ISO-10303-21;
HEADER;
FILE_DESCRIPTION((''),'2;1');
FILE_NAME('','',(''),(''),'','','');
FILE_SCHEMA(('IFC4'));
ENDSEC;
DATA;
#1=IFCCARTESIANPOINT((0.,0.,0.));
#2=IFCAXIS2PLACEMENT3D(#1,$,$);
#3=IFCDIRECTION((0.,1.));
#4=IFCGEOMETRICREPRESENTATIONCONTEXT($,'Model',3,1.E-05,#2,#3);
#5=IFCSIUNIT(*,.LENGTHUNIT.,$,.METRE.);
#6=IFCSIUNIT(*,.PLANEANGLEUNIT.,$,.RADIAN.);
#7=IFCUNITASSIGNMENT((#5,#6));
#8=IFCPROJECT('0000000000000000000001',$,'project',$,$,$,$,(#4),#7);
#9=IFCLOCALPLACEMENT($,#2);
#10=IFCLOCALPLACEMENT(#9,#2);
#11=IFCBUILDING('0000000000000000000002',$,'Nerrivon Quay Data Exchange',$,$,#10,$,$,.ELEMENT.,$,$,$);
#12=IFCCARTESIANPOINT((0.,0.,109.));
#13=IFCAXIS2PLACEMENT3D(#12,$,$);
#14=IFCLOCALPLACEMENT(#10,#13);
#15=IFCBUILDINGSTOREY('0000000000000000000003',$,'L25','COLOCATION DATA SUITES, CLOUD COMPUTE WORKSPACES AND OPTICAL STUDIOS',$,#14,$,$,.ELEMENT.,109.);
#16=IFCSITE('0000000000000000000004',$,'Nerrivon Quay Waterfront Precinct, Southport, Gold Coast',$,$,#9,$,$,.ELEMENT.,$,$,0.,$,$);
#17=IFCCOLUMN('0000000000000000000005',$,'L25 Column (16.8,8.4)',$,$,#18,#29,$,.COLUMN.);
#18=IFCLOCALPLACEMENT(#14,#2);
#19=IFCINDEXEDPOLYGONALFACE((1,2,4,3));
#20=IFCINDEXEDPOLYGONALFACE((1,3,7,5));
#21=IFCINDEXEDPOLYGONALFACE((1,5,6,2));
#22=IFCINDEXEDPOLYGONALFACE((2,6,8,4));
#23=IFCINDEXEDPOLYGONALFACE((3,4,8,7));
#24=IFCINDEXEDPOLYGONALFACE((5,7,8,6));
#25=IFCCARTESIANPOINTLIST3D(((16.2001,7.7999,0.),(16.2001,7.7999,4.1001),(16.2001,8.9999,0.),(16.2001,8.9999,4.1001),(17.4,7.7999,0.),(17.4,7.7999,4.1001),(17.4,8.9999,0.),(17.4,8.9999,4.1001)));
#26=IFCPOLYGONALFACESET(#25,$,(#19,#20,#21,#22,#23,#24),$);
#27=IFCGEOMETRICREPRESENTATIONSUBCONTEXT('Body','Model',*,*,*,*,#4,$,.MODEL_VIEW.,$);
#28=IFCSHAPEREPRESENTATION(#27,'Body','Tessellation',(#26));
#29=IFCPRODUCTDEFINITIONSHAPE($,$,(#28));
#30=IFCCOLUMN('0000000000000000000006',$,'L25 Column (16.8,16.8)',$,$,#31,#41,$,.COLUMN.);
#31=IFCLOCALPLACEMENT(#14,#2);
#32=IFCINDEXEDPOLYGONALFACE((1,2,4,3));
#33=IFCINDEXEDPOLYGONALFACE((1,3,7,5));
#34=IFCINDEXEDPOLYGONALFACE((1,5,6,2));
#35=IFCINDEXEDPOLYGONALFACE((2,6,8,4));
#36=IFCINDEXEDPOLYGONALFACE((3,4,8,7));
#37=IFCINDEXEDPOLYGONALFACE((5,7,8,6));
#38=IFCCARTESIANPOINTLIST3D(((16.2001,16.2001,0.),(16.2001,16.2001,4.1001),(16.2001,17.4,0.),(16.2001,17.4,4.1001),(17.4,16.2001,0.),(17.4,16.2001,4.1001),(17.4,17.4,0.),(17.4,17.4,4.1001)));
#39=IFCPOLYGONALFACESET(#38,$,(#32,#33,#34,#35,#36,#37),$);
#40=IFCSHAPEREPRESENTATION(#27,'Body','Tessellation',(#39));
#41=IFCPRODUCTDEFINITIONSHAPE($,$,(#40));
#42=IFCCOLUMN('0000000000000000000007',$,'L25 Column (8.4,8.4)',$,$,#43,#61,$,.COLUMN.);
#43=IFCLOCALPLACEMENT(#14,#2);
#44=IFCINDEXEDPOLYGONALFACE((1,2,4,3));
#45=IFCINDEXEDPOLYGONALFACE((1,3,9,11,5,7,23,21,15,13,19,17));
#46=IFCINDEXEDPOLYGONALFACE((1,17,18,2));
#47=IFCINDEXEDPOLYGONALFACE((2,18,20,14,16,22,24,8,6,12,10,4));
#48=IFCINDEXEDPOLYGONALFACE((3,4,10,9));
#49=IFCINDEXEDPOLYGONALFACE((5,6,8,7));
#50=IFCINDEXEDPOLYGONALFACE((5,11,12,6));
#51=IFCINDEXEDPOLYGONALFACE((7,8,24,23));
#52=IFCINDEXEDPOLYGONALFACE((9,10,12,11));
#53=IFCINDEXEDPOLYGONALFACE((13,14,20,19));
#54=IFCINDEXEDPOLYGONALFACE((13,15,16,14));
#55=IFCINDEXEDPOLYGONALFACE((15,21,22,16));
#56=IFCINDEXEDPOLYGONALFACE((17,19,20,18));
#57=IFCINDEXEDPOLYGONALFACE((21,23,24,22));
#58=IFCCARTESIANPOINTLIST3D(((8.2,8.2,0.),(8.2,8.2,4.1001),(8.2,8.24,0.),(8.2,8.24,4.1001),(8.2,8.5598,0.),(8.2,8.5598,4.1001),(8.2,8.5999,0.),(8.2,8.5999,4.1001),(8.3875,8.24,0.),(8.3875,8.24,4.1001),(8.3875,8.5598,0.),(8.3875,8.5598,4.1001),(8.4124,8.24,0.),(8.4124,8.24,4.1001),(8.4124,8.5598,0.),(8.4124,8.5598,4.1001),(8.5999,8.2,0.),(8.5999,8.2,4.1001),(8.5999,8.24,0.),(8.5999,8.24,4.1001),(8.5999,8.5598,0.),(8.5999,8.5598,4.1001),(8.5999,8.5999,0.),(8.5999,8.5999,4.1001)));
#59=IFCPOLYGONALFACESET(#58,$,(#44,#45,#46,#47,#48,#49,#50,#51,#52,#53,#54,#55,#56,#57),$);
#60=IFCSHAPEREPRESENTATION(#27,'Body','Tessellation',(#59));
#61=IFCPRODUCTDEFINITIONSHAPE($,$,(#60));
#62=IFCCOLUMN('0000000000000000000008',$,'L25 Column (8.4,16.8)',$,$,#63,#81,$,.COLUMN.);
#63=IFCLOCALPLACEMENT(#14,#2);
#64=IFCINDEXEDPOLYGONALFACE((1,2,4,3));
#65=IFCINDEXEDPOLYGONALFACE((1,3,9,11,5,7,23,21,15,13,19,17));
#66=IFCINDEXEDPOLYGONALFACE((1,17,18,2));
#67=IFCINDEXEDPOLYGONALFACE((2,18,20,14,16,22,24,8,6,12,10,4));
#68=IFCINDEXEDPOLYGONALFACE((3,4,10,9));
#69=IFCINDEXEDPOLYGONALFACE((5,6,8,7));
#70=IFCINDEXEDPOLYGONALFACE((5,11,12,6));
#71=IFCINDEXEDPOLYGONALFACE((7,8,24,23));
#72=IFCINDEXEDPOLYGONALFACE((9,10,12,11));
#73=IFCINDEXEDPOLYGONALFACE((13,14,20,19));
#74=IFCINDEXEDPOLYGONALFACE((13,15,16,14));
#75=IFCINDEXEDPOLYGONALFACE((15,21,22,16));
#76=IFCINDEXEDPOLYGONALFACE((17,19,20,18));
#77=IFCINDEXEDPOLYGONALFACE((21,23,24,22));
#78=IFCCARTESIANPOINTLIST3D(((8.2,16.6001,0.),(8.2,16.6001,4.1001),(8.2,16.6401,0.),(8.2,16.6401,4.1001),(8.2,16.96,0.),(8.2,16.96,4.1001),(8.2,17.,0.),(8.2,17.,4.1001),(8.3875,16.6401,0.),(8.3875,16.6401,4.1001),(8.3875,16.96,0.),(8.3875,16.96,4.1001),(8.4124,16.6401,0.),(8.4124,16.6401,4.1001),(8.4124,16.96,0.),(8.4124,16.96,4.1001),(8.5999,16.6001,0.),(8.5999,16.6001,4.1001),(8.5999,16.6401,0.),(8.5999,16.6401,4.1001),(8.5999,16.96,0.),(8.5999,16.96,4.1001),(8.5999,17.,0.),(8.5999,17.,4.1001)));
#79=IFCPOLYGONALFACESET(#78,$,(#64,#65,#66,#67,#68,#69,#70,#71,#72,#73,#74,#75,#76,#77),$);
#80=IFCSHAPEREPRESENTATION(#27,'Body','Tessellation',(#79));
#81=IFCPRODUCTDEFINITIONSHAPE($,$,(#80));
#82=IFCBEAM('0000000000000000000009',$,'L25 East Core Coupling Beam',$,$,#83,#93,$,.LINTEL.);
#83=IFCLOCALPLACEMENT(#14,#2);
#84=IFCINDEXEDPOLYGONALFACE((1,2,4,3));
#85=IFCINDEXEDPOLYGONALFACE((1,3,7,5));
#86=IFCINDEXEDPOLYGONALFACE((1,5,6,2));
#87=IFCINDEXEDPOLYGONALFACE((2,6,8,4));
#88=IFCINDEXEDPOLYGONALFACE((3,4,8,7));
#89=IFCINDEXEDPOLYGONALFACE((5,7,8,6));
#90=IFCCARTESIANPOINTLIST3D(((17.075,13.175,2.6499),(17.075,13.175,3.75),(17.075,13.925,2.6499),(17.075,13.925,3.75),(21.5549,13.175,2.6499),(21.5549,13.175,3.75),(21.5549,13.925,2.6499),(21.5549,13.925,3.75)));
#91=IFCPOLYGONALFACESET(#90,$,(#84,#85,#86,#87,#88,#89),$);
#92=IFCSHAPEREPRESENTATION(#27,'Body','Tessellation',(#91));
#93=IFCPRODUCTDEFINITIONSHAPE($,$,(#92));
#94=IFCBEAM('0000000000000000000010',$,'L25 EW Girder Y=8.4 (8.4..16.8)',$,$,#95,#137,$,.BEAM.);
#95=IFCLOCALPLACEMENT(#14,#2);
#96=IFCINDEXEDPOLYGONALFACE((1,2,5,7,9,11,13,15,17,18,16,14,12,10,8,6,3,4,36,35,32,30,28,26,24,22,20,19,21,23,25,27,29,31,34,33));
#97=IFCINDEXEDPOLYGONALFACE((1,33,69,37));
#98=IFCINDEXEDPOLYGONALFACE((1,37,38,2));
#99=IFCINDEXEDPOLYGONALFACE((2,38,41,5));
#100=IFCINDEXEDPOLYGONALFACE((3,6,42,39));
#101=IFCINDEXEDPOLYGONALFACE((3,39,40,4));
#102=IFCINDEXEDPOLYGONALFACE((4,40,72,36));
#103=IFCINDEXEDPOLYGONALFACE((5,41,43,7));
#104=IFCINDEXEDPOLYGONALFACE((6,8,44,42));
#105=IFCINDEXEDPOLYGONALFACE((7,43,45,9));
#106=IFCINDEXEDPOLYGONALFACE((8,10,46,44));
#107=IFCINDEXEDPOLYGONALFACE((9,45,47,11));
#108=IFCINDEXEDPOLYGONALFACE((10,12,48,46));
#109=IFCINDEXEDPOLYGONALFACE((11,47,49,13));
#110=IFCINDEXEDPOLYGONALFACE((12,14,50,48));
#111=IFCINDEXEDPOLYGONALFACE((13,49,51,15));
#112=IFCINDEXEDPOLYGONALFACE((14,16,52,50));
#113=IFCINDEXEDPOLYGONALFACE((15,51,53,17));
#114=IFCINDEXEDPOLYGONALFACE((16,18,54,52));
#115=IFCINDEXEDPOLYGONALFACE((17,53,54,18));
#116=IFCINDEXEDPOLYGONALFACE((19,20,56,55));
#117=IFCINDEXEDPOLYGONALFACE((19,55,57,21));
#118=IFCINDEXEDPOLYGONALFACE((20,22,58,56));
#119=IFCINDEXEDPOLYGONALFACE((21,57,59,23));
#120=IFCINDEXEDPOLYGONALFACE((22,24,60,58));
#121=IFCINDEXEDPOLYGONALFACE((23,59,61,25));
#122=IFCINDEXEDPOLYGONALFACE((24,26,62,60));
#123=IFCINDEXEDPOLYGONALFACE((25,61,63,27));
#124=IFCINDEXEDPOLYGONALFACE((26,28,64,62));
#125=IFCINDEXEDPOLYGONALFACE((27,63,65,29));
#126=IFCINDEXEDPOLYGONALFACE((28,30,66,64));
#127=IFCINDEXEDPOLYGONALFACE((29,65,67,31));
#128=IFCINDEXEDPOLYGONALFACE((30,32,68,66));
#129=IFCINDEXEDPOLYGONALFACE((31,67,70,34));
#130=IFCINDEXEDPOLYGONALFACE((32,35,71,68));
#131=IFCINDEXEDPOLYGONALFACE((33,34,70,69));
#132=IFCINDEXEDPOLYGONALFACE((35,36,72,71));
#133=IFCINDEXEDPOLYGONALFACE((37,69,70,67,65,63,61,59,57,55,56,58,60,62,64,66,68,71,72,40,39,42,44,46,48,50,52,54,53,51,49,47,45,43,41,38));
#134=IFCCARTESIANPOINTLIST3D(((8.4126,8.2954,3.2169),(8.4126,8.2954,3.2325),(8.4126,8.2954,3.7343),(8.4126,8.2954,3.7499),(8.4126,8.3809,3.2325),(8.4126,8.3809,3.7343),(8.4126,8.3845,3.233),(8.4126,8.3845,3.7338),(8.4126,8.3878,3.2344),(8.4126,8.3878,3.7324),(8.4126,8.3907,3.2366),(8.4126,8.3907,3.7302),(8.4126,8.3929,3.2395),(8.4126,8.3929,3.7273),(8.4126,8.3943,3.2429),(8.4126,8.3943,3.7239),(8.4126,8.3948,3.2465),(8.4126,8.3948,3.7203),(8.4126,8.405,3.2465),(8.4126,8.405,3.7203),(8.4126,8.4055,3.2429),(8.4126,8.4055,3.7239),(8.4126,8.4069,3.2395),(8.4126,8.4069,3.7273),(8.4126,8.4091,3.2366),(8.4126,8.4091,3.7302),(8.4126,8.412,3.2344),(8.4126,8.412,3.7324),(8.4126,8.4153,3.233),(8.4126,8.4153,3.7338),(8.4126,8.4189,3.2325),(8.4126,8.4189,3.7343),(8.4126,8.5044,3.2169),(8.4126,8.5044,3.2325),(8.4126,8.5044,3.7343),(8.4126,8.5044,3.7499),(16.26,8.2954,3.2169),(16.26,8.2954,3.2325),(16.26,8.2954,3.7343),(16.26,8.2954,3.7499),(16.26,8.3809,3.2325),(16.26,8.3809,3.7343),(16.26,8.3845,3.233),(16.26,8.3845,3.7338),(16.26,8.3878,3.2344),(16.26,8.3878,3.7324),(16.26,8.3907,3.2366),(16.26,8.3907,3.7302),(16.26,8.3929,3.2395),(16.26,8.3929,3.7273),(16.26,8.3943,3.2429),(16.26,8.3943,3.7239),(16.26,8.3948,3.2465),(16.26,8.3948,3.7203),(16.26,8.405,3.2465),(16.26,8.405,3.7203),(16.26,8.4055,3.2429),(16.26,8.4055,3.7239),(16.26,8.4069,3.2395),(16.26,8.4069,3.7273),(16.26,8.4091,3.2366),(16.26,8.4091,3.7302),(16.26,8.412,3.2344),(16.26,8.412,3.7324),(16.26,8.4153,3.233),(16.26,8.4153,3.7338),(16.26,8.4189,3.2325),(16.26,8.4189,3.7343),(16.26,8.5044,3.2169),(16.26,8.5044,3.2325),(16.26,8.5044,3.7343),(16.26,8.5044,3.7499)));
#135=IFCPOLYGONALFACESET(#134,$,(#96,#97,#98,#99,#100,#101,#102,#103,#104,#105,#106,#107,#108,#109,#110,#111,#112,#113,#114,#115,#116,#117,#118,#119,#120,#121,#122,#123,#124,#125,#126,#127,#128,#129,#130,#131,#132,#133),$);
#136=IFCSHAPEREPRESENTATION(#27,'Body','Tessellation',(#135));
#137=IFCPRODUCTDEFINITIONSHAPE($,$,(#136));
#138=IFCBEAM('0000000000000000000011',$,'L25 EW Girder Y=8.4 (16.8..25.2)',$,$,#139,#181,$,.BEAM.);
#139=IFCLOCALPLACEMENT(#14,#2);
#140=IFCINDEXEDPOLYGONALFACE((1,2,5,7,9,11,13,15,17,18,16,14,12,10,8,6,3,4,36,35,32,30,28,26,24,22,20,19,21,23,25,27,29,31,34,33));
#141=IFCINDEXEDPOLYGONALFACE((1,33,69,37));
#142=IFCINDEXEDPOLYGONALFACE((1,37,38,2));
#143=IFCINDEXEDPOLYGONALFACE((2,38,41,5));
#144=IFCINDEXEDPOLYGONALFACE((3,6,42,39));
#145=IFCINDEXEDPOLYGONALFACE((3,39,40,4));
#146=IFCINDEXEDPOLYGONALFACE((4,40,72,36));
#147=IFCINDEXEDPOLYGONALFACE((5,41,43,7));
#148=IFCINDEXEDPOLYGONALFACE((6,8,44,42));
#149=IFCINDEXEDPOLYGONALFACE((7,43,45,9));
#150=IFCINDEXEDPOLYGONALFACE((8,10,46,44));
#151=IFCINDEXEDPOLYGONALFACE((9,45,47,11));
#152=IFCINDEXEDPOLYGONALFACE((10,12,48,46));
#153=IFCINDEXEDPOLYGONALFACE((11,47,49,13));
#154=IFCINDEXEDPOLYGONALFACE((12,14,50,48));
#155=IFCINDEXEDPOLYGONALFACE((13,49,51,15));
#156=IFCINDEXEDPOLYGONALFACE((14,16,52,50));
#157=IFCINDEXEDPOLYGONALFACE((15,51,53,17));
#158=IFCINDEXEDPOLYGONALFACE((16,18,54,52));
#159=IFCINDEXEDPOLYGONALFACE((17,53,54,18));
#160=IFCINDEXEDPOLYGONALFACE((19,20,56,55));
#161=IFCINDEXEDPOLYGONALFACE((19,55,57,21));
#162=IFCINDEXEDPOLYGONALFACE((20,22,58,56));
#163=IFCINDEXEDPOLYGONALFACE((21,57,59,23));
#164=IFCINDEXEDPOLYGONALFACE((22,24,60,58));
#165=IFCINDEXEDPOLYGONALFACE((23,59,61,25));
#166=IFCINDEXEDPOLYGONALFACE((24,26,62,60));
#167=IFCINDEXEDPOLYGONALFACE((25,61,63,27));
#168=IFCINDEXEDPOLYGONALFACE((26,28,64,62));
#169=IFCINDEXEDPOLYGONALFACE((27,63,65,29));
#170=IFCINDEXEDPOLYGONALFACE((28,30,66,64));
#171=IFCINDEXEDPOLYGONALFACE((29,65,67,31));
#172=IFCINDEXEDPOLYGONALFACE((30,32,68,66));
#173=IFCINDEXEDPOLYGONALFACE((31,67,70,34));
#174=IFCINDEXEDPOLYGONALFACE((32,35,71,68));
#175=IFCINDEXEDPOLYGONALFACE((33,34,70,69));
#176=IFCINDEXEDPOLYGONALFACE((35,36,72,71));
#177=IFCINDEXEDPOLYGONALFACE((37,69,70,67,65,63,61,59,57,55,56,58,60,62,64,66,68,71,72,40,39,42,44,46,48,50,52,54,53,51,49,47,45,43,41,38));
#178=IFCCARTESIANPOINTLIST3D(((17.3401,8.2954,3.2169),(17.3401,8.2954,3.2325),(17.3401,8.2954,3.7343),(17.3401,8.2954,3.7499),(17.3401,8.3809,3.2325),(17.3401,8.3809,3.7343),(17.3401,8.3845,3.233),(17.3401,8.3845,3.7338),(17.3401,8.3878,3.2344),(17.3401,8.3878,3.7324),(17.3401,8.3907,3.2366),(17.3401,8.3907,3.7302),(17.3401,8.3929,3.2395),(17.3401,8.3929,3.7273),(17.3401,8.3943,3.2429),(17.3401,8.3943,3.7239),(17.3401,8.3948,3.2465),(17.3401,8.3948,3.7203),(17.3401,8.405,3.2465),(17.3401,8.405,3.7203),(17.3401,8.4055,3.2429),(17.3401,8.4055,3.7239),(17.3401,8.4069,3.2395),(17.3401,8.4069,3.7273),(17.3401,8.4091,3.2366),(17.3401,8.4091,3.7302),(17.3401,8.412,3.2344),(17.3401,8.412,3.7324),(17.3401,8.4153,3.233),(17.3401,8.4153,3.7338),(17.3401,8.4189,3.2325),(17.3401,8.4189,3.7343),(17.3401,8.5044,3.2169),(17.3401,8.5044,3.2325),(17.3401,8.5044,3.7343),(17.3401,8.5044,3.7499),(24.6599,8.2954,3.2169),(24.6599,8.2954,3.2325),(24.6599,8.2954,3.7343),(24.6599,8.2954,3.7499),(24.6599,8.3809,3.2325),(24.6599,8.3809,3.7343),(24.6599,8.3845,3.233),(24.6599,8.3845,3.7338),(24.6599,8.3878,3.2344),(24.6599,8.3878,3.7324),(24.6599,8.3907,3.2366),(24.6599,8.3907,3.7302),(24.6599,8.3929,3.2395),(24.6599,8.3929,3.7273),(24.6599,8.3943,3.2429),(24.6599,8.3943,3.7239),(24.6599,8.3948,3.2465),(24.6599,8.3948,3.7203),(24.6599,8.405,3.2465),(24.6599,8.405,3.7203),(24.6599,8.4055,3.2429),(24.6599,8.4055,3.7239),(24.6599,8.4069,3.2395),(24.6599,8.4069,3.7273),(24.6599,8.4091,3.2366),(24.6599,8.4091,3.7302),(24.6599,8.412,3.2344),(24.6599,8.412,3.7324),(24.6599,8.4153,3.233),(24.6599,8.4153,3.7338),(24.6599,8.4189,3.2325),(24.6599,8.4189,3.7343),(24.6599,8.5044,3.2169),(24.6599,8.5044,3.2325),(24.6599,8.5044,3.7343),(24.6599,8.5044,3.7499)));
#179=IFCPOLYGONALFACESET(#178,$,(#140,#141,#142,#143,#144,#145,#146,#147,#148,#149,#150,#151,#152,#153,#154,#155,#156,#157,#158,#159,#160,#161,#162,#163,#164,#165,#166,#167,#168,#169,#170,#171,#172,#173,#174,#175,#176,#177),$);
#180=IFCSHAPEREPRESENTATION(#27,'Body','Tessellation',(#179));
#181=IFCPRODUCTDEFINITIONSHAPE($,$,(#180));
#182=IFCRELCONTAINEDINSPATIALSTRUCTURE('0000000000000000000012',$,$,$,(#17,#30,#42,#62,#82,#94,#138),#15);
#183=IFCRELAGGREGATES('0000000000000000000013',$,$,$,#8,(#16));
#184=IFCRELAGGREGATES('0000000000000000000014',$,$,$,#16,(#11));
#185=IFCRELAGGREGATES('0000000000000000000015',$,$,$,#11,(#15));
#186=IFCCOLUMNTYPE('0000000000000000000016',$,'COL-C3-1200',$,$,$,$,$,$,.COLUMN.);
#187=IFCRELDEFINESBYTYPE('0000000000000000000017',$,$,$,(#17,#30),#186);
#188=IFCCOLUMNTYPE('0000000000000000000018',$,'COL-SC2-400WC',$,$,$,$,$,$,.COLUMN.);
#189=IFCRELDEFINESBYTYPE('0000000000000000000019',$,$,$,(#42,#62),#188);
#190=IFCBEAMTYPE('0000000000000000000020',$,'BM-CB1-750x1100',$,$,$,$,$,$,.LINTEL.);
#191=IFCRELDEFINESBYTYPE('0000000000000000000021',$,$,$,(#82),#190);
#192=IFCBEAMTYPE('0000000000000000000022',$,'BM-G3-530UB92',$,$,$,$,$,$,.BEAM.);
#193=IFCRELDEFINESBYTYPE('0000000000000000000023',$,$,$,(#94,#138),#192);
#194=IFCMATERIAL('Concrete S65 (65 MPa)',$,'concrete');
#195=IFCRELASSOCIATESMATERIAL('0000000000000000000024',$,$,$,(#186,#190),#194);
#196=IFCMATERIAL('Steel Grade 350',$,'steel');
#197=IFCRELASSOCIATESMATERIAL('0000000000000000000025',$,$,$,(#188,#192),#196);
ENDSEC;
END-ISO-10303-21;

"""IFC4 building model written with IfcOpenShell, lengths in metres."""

from ifc_helpers import new_model, si_unit, direction, frame, origin, origin_2d, place, context, subcontext, project, spatial, rectangle, i_section, extrude, material, material_profile, profile_set, type_object, element, save


model = new_model("IFC4")

# Units and contexts
model_context = context("Model", 3, precision=1e-05, world=origin(), true_north=direction((0.0, 1.0)))
body_context = subcontext(model_context, "Body", "Model", "MODEL_VIEW")
ifc_project = project(units=[si_unit("LENGTHUNIT", "METRE"), si_unit("PLANEANGLEUNIT", "RADIAN")], contexts=[model_context])

# Site, building, storey
site_placement = place(None, origin())
site = spatial("IfcSite", under=ifc_project, at=site_placement, Name="Nerrivon Quay Waterfront Precinct, Southport, Gold Coast", CompositionType="ELEMENT", RefElevation=0.0)
building_placement = place(site_placement, origin())
building = spatial("IfcBuilding", under=site, at=building_placement, Name="Nerrivon Quay Data Exchange", CompositionType="ELEMENT")
storey_placement = place(building_placement, frame((0.0, 0.0, 109.0)))
storey = spatial("IfcBuildingStorey", under=building, at=storey_placement, Name="L25", Description="COLOCATION DATA SUITES, CLOUD COMPUTE WORKSPACES AND OPTICAL STUDIOS", CompositionType="ELEMENT", Elevation=109.0)

# Columns
ifc_material_1 = material(Name="Concrete S65 (65 MPa)", Category="concrete")
ifc_material_profile_1 = material_profile(ifc_material_1, rectangle(XDim=1.2, YDim=1.2, at=origin_2d()), Name="RC-COL-1200x1200")
ifc_profile_set_1 = profile_set([ifc_material_profile_1], Name="Concrete S65 (65 MPa)")
column_type_1 = type_object("IfcColumnType", Name="COL-C3-1200", PredefinedType="COLUMN", material=ifc_profile_set_1)
for number, where, z_axis, x_axis, name in (
    (1, (16.8, 8.3999, 0.0), (0.0, 0.0, 1.0), (1.0, 0.0, 0.0), "L25 Column (16.8,8.4)"),
    (2, (16.8, 16.8, 0.0), (0.0, 0.0, 1.0), (1.0, 0.0, 0.0), "L25 Column (16.8,16.8)"),
):
    element("IfcColumn", number, at=place(storey_placement, frame(where, z_axis=z_axis, x_axis=x_axis)), inside=storey, type_object=column_type_1, Name=name, PredefinedType="COLUMN", context=body_context, shape_type="SweptSolid", body=[
        extrude(rectangle(XDim=1.2, YDim=1.2, at=origin_2d()), origin(), (0.0, 0.0, 1.0), 4.1001),
    ])
ifc_material_2 = material(Name="Steel Grade 350", Category="steel")
ifc_material_profile_2 = material_profile(ifc_material_2, i_section(OverallWidth=0.3999, OverallDepth=0.3999, WebThickness=0.0249, FlangeThickness=0.04, at=origin_2d()), Name="400WC328")
ifc_profile_set_2 = profile_set([ifc_material_profile_2], Name="Steel Grade 350")
column_type_2 = type_object("IfcColumnType", Name="COL-SC2-400WC", PredefinedType="COLUMN", material=ifc_profile_set_2)
for number, where, z_axis, x_axis, name in (
    (3, (8.3999, 8.3999, 0.0), (0.0, 0.0, 1.0), (1.0, 0.0, 0.0), "L25 Column (8.4,8.4)"),
    (4, (8.3999, 16.8, 0.0), (0.0, 0.0, 1.0), (1.0, 0.0, 0.0), "L25 Column (8.4,16.8)"),
):
    element("IfcColumn", number, at=place(storey_placement, frame(where, z_axis=z_axis, x_axis=x_axis)), inside=storey, type_object=column_type_2, Name=name, PredefinedType="COLUMN", context=body_context, shape_type="SweptSolid", body=[
        extrude(i_section(OverallWidth=0.3999, OverallDepth=0.3999, WebThickness=0.0249, FlangeThickness=0.04, at=origin_2d()), origin(), (0.0, 0.0, 1.0), 4.1001),
    ])

# Beams
ifc_material_profile_3 = material_profile(ifc_material_1, rectangle(XDim=0.75, YDim=1.1001, at=origin_2d()), Name="RC-CB-750x1100")
ifc_profile_set_3 = profile_set([ifc_material_profile_3], Name="Concrete S65 (65 MPa)")
beam_type_1 = type_object("IfcBeamType", Name="BM-CB1-750x1100", PredefinedType="LINTEL", material=ifc_profile_set_3)
beam_1_placement = place(storey_placement, frame((17.075, 13.55, 3.2), z_axis=(1.0, 0.0, 0.0), x_axis=(0.0, 1.0, 0.0)))
element("IfcBeam", 5, at=beam_1_placement, inside=storey, type_object=beam_type_1, Name="L25 East Core Coupling Beam", PredefinedType="LINTEL", context=body_context, shape_type="SweptSolid", body=[
    extrude(rectangle(XDim=0.75, YDim=1.1001, at=origin_2d()), origin(), (0.0, 0.0, 1.0), 4.48),
])
ifc_material_profile_4 = material_profile(ifc_material_2, i_section(OverallWidth=0.209, OverallDepth=0.533, WebThickness=0.0103, FlangeThickness=0.0156, FilletRadius=0.0139, at=origin_2d()), Name="530UB92.4")
ifc_profile_set_4 = profile_set([ifc_material_profile_4], Name="Steel Grade 350")
beam_type_2 = type_object("IfcBeamType", Name="BM-G3-530UB92", PredefinedType="BEAM", material=ifc_profile_set_4)
beam_2_placement = place(storey_placement, frame((8.4126, 8.3999, 3.4834), z_axis=(1.0, 0.0, 0.0), x_axis=(0.0, 1.0, 0.0)))
element("IfcBeam", 6, at=beam_2_placement, inside=storey, type_object=beam_type_2, Name="L25 EW Girder Y=8.4 (8.4..16.8)", PredefinedType="BEAM", context=body_context, shape_type="SweptSolid", body=[
    extrude(i_section(OverallWidth=0.209, OverallDepth=0.533, WebThickness=0.0103, FlangeThickness=0.0156, FilletRadius=0.0139, at=origin_2d()), origin(), (0.0, 0.0, 1.0), 7.8474),
])
beam_3_placement = place(storey_placement, frame((17.3401, 8.3999, 3.4834), z_axis=(1.0, 0.0, 0.0), x_axis=(0.0, 1.0, 0.0)))
element("IfcBeam", 7, at=beam_3_placement, inside=storey, type_object=beam_type_2, Name="L25 EW Girder Y=8.4 (16.8..25.2)", PredefinedType="BEAM", context=body_context, shape_type="SweptSolid", body=[
    extrude(i_section(OverallWidth=0.209, OverallDepth=0.533, WebThickness=0.0103, FlangeThickness=0.0156, FilletRadius=0.0139, at=origin_2d()), origin(), (0.0, 0.0, 1.0), 7.3198),
])

save(model, "model.ifc")
